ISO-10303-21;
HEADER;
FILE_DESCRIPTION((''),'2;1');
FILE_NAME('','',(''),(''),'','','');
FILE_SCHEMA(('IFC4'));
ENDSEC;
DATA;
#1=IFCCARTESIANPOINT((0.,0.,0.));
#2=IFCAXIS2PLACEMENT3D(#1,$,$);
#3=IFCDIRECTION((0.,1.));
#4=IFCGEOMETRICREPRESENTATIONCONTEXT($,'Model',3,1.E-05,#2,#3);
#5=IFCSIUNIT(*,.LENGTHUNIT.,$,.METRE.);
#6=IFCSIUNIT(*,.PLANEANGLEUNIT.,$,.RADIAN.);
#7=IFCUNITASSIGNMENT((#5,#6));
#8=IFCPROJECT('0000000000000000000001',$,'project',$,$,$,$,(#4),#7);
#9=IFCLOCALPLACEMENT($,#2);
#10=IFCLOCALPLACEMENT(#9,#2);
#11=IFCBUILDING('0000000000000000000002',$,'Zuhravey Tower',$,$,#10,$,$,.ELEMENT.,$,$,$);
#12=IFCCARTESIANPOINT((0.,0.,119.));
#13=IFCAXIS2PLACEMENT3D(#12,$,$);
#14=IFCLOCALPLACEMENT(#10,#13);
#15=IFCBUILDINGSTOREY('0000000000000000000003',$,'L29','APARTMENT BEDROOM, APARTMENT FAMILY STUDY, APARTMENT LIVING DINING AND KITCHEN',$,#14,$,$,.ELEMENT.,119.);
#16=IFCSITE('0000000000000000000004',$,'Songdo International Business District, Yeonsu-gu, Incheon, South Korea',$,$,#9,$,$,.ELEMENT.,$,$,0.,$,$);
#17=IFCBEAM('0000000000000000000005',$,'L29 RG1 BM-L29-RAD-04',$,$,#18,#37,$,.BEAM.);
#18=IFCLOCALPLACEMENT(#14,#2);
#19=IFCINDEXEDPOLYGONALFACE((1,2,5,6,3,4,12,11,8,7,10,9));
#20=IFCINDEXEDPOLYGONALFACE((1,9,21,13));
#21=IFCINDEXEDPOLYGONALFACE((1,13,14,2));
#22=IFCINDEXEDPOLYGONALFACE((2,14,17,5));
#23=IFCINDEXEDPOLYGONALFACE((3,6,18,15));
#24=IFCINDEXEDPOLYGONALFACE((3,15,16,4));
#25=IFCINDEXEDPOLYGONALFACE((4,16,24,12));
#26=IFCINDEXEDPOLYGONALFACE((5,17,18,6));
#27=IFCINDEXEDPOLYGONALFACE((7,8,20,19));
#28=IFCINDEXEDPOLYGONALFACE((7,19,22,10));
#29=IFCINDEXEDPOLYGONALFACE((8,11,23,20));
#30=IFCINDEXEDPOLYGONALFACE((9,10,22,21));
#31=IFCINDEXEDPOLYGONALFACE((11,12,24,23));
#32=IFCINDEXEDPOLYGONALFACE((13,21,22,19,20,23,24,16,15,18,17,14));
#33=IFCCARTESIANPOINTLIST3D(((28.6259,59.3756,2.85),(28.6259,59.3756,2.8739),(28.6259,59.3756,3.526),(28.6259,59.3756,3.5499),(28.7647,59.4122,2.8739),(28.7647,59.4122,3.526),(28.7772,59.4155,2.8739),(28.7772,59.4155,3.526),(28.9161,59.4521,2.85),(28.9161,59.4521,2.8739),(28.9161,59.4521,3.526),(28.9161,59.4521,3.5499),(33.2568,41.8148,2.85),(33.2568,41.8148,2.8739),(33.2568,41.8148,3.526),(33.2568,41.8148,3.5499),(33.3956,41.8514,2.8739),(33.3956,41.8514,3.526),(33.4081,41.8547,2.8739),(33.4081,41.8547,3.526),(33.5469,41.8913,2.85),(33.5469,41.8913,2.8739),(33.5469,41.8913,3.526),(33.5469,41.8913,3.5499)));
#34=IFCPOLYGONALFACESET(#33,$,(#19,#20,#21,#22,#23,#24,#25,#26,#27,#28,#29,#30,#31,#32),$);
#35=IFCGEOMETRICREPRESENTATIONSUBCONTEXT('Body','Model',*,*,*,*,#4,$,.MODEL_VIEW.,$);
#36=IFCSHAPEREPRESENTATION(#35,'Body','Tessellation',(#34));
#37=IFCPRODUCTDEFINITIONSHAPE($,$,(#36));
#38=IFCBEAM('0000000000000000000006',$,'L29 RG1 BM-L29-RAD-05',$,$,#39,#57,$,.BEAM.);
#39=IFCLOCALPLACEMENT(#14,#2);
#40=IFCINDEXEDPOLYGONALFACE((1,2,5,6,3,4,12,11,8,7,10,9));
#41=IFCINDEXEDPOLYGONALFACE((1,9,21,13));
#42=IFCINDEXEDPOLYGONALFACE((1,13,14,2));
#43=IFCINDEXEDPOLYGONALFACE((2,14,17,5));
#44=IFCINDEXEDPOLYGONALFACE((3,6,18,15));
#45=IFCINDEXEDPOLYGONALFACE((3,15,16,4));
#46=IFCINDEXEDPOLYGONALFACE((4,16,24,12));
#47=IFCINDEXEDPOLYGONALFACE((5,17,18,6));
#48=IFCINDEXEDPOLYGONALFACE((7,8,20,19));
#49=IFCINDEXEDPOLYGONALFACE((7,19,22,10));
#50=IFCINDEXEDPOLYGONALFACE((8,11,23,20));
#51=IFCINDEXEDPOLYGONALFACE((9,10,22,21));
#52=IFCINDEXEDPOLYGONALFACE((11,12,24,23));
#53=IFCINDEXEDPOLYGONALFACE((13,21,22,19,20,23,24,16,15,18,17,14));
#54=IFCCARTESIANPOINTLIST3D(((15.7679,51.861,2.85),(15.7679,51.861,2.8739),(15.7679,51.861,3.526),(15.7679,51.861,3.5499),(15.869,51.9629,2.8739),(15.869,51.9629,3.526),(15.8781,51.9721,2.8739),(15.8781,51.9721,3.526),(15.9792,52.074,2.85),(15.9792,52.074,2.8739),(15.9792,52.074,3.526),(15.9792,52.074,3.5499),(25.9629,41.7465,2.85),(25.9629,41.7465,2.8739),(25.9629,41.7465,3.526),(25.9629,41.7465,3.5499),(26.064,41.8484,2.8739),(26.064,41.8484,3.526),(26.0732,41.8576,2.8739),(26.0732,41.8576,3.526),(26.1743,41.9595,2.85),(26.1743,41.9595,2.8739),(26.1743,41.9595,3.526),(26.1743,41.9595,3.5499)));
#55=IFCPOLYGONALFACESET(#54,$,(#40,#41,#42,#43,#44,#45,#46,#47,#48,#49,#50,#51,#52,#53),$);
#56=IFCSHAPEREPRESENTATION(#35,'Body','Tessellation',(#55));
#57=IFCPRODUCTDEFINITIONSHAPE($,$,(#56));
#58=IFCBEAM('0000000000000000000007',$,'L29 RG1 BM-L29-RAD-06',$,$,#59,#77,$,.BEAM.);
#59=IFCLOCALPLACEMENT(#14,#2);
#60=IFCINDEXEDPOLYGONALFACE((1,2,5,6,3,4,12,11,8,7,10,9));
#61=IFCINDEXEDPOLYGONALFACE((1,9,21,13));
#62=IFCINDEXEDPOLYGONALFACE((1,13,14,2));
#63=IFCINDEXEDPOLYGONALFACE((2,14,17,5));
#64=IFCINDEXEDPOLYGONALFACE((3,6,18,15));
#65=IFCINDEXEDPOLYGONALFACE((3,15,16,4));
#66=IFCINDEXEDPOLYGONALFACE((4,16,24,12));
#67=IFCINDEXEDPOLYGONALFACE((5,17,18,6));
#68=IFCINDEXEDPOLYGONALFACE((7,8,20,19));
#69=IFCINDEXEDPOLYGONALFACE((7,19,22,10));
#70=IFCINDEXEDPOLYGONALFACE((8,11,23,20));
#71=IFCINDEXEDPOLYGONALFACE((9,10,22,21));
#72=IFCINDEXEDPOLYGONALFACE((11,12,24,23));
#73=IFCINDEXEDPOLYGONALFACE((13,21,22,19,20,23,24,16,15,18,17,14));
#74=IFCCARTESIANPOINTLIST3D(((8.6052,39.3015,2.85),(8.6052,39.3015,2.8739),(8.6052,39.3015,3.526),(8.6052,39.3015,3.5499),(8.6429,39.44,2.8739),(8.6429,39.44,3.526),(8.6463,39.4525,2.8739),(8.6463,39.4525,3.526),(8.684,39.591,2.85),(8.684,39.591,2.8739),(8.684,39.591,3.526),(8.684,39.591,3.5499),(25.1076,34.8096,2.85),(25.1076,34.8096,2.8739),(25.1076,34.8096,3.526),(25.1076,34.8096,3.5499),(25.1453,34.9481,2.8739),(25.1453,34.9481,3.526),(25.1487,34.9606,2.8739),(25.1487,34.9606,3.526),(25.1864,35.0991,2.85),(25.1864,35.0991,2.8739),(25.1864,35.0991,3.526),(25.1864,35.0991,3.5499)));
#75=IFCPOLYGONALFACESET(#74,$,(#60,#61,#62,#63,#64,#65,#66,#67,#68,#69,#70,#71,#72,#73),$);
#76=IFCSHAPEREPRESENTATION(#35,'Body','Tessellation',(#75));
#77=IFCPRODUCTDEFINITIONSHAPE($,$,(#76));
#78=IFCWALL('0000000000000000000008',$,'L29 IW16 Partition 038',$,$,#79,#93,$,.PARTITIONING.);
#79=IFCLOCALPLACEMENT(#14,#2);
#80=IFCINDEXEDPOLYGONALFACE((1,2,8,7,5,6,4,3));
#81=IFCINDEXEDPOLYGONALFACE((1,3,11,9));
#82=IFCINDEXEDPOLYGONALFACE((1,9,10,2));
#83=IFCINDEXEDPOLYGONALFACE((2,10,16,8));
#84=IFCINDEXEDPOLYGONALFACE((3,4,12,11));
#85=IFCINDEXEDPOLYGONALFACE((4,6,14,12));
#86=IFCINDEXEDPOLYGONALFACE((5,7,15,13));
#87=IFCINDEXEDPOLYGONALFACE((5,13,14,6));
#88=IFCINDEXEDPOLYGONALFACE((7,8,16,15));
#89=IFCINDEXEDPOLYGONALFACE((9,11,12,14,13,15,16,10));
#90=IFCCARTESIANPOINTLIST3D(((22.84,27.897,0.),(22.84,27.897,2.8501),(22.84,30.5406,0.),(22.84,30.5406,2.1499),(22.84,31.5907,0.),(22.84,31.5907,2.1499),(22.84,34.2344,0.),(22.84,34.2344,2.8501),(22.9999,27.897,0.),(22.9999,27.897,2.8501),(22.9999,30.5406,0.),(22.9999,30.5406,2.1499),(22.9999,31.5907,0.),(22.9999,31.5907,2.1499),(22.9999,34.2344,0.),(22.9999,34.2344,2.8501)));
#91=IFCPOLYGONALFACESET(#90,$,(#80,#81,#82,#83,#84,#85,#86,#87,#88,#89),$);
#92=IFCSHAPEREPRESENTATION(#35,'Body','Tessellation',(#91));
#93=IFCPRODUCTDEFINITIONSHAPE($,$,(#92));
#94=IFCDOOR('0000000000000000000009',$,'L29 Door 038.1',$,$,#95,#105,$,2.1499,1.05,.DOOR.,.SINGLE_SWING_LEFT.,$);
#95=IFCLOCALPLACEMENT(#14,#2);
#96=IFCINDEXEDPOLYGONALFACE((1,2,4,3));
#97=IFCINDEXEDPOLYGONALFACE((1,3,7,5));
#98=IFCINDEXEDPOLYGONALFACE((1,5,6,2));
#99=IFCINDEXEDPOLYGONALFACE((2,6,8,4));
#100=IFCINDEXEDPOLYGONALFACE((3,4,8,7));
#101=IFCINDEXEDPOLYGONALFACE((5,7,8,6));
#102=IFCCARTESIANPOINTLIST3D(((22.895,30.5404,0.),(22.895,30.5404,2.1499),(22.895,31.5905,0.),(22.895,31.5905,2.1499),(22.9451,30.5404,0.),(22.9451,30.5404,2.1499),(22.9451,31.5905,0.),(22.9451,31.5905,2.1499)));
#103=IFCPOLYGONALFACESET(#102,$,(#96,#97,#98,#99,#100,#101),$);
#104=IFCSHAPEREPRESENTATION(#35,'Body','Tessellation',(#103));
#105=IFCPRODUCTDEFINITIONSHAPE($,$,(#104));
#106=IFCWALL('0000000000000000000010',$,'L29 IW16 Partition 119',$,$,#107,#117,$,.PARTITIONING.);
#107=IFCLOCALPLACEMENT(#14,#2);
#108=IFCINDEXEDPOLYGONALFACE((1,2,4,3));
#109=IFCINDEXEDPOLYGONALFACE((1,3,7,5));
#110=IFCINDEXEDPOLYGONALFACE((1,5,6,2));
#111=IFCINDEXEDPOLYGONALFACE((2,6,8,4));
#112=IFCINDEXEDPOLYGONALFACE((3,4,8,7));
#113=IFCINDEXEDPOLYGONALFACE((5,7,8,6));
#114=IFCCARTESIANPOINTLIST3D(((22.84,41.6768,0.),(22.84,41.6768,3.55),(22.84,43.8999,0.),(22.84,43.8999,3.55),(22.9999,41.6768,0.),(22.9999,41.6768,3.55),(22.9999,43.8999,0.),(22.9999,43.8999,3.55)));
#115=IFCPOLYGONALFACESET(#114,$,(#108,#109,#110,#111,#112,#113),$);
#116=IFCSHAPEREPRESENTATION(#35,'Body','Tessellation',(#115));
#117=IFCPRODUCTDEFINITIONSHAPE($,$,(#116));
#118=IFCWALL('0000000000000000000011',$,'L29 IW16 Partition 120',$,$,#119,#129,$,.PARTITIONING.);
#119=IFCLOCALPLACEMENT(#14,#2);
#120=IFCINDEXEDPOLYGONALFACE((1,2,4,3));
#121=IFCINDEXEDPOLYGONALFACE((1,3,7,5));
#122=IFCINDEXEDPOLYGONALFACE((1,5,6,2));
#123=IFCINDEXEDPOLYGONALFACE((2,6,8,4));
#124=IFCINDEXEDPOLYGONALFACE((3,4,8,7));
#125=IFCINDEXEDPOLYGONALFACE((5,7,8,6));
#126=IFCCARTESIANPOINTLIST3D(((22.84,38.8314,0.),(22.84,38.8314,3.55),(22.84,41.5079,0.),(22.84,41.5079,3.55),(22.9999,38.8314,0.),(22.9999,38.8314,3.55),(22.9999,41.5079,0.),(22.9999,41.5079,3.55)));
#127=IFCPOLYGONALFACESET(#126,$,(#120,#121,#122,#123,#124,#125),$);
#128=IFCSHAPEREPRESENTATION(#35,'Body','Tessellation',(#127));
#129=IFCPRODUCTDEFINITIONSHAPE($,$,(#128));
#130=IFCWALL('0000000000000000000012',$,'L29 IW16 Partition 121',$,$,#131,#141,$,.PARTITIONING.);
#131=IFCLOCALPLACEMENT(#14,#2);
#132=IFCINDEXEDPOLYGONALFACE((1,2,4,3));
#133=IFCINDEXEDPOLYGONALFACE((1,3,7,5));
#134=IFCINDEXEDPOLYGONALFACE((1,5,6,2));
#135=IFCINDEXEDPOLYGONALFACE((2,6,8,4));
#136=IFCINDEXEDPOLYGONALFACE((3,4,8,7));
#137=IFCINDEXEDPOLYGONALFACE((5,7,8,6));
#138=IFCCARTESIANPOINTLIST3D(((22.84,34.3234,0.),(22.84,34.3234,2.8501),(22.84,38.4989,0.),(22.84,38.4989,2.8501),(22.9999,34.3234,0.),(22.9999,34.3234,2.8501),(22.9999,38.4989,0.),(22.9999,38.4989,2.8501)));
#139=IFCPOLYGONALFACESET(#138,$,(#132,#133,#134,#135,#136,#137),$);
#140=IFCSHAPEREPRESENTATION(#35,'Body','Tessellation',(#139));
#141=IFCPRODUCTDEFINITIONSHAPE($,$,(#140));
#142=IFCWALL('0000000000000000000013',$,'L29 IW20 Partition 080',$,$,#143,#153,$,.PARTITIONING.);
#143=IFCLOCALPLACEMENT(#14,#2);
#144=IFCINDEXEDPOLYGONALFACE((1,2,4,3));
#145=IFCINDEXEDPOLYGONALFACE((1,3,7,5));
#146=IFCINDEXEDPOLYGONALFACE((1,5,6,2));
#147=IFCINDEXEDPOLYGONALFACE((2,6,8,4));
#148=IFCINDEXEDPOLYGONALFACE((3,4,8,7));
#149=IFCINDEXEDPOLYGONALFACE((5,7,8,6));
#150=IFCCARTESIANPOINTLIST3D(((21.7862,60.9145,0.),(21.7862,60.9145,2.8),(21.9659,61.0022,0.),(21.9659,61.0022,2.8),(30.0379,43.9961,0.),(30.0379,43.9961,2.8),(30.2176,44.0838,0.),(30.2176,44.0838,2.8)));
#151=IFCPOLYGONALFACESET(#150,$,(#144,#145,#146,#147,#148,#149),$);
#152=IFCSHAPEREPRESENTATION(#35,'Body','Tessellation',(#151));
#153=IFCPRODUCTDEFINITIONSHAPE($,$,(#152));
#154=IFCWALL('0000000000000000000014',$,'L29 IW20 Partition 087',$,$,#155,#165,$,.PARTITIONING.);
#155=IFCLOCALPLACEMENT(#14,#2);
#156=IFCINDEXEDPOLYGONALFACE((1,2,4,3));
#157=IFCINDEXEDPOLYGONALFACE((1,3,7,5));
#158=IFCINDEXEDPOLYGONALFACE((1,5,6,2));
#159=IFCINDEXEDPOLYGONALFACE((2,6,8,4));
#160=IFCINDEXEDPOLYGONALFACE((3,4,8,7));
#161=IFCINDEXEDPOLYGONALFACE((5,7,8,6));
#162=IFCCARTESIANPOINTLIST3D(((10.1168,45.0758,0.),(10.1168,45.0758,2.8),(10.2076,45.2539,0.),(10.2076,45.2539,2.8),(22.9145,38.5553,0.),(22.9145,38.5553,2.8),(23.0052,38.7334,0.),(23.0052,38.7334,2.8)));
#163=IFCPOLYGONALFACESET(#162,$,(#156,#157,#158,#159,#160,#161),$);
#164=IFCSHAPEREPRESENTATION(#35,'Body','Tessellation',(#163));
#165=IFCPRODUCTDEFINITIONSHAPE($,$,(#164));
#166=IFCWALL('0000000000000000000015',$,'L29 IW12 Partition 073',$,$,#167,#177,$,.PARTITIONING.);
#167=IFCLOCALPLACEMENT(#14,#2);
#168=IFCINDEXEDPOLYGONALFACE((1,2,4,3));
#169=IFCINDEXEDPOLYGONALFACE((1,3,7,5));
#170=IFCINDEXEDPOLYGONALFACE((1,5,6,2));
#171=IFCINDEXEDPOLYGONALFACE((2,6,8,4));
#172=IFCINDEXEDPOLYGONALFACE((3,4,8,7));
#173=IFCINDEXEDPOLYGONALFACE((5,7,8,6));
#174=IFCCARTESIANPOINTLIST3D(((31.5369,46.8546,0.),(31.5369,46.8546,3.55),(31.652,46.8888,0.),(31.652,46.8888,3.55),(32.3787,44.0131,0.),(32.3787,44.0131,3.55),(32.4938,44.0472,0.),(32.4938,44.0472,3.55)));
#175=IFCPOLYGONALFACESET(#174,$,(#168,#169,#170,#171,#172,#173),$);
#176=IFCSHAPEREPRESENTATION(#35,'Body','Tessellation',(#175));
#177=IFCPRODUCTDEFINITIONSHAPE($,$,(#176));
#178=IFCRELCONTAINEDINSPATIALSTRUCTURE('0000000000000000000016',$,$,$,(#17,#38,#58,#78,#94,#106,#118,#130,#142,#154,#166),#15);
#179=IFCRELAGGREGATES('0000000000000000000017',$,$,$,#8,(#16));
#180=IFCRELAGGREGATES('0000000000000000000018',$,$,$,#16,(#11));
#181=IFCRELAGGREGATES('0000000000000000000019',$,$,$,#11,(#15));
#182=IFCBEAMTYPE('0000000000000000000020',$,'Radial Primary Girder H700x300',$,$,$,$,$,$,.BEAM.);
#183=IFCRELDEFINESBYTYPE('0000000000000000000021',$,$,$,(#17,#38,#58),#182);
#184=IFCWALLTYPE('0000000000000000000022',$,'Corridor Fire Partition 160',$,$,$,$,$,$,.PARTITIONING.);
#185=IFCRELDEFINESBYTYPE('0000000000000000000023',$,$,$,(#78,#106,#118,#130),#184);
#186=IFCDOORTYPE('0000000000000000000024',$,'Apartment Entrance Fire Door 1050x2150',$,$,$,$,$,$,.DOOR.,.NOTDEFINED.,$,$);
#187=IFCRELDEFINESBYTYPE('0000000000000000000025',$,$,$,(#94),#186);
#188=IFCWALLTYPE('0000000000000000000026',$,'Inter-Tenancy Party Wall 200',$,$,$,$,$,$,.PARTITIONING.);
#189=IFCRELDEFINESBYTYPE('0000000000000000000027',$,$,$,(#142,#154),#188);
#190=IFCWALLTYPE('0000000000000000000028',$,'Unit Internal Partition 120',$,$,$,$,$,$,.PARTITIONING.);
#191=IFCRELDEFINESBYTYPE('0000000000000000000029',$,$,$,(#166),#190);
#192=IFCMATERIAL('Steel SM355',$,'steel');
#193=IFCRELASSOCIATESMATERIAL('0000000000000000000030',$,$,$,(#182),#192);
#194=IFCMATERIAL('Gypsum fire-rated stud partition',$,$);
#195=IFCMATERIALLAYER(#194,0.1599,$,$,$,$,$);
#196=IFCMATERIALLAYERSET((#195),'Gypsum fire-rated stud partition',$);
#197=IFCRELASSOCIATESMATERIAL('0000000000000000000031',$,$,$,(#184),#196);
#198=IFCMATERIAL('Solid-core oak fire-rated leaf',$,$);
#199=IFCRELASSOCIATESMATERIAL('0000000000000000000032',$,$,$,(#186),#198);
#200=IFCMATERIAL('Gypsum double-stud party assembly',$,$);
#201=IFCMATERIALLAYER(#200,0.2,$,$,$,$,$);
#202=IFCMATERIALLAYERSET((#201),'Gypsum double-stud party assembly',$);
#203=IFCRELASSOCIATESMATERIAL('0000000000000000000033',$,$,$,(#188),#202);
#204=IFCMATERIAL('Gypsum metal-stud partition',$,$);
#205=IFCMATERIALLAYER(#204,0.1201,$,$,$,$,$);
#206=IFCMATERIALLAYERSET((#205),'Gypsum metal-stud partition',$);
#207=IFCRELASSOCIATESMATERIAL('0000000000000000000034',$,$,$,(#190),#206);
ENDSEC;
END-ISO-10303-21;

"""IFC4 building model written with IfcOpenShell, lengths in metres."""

from ifc_helpers import new_model, si_unit, direction, frame, frame_2d, origin, origin_2d, place, context, subcontext, project, spatial, rectangle, i_section, extrude, material, layer, layer_set, material_profile, profile_set, type_object, element, fill, save


model = new_model("IFC4")

# Units and contexts
model_context = context("Model", 3, precision=1e-05, world=origin(), true_north=direction((0.0, 1.0)))
body_context = subcontext(model_context, "Body", "Model", "MODEL_VIEW")
ifc_project = project(units=[si_unit("LENGTHUNIT", "METRE"), si_unit("PLANEANGLEUNIT", "RADIAN")], contexts=[model_context])

# Site, building, storey
site_placement = place(None, origin())
site = spatial("IfcSite", under=ifc_project, at=site_placement, Name="Songdo International Business District, Yeonsu-gu, Incheon, South Korea", CompositionType="ELEMENT", RefElevation=0.0)
building_placement = place(site_placement, origin())
building = spatial("IfcBuilding", under=site, at=building_placement, Name="Zuhravey Tower", CompositionType="ELEMENT")
storey_placement = place(building_placement, frame((0.0, 0.0, 119.0)))
storey = spatial("IfcBuildingStorey", under=building, at=storey_placement, Name="L29", Description="APARTMENT BEDROOM, APARTMENT FAMILY STUDY, APARTMENT LIVING DINING AND KITCHEN", CompositionType="ELEMENT", Elevation=119.0)

# Beams
ifc_material_1 = material(Name="Steel SM355", Category="steel")
ifc_material_profile = material_profile(ifc_material_1, i_section(OverallWidth=0.3, OverallDepth=0.7, WebThickness=0.0129, FlangeThickness=0.0239, at=origin_2d()), Name="H-700x300x13x24")
ifc_profile_set = profile_set([ifc_material_profile], Name="Steel SM355")
beam_type = type_object("IfcBeamType", Name="Radial Primary Girder H700x300", PredefinedType="BEAM", material=ifc_profile_set)
beam_1_placement = place(storey_placement, frame((33.4019, 41.853, 3.2), z_axis=(-0.254988, 0.966944, 0.0), x_axis=(-0.966944, -0.254988, 0.0)))
element("IfcBeam", 1, at=beam_1_placement, inside=storey, type_object=beam_type, Name="L29 RG1 BM-L29-RAD-04", PredefinedType="BEAM", context=body_context, shape_type="SweptSolid", body=[
    extrude(i_section(OverallWidth=0.3, OverallDepth=0.7, WebThickness=0.0129, FlangeThickness=0.0239, at=origin_2d()), origin(), (0.0, 0.0, 1.0), 18.1611),
])
beam_2_placement = place(storey_placement, frame((26.0686, 41.853, 3.2), z_axis=(-0.709906, 0.704296, 0.0), x_axis=(-0.704296, -0.709906, 0.0)))
element("IfcBeam", 2, at=beam_2_placement, inside=storey, type_object=beam_type, Name="L29 RG1 BM-L29-RAD-05", PredefinedType="BEAM", context=body_context, shape_type="SweptSolid", body=[
    extrude(i_section(OverallWidth=0.3, OverallDepth=0.7, WebThickness=0.0129, FlangeThickness=0.0239, at=origin_2d()), origin(), (0.0, 0.0, 1.0), 14.3611),
])
beam_3_placement = place(storey_placement, frame((25.147, 34.9543, 3.2), z_axis=(-0.964893, 0.262643, 0.0), x_axis=(-0.262643, -0.964893, 0.0)))
element("IfcBeam", 3, at=beam_3_placement, inside=storey, type_object=beam_type, Name="L29 RG1 BM-L29-RAD-06", PredefinedType="BEAM", context=body_context, shape_type="SweptSolid", body=[
    extrude(i_section(OverallWidth=0.3, OverallDepth=0.7, WebThickness=0.0129, FlangeThickness=0.0239, at=origin_2d()), origin(), (0.0, 0.0, 1.0), 17.1028),
])

# Wall, opening, door
ifc_material_2 = material(Name="Gypsum fire-rated stud partition")
ifc_layer_1 = layer(ifc_material_2, 0.1599)
ifc_layer_set_1 = layer_set([ifc_layer_1], Name="Gypsum fire-rated stud partition")
wall_type_1 = type_object("IfcWallType", Name="Corridor Fire Partition 160", PredefinedType="PARTITIONING", material=ifc_layer_set_1)
wall_1_placement = place(storey_placement, frame((22.9199, 34.2344, 0.0), z_axis=(0.0, 0.0, 1.0), x_axis=(0.0, -1.0, 0.0)))
wall_1 = element("IfcWall", 4, at=wall_1_placement, inside=storey, type_object=wall_type_1, Name="L29 IW16 Partition 038", PredefinedType="PARTITIONING", context=body_context, shape_type="SweptSolid", body=[
    extrude(rectangle(XDim=6.3374, YDim=0.1599, at=frame_2d((3.1687, 0.0))), origin(), (0.0, 0.0, 1.0), 2.8501),
])
opening_placement = place(wall_1_placement, frame((2.6438, 0.0, 0.0)))
opening = element("IfcOpeningElement", 5, at=opening_placement, cuts=wall_1, PredefinedType="OPENING", context=body_context, shape_type="SweptSolid", body=[
    extrude(rectangle(XDim=1.05, YDim=2.1499, at=frame_2d((0.5249, 1.075))), frame((0.0, 0.092, 0.0), z_axis=(0.0, -1.0, 0.0), x_axis=(1.0, 0.0, 0.0)), (0.0, 0.0, 1.0), 0.1838),
])
ifc_material_3 = material(Name="Solid-core oak fire-rated leaf")
door_type = type_object("IfcDoorType", Name="Apartment Entrance Fire Door 1050x2150", OperationType="NOTDEFINED", PredefinedType="DOOR", material=ifc_material_3)
door_placement = place(opening_placement, frame((1.05, 0.0, 0.0), z_axis=(0.0, 0.0, 1.0), x_axis=(-1.0, 0.0, 0.0)))
door = element("IfcDoor", 6, at=door_placement, inside=storey, type_object=door_type, Name="L29 Door 038.1", OperationType="SINGLE_SWING_LEFT", OverallHeight=2.1499, OverallWidth=1.05, PredefinedType="DOOR", context=body_context, shape_type="SweptSolid", body=[
    extrude(rectangle(XDim=1.05, YDim=2.1499, at=frame_2d((0.5249, 1.075))), frame((0.0, 0.0249, 0.0), z_axis=(0.0, -1.0, 0.0), x_axis=(1.0, 0.0, 0.0)), (0.0, 0.0, 1.0), 0.05),
])
fill(opening, door)

# Walls
wall_2_placement = place(storey_placement, frame((22.9199, 43.8999, 0.0), z_axis=(0.0, 0.0, 1.0), x_axis=(0.0, -1.0, 0.0)))
element("IfcWall", 7, at=wall_2_placement, inside=storey, type_object=wall_type_1, Name="L29 IW16 Partition 119", PredefinedType="PARTITIONING", context=body_context, shape_type="SweptSolid", body=[
    extrude(rectangle(XDim=2.2231, YDim=0.1599, at=frame_2d((1.1116, 0.0))), origin(), (0.0, 0.0, 1.0), 3.55),
])
wall_3_placement = place(storey_placement, frame((22.9199, 41.5081, 0.0), z_axis=(0.0, 0.0, 1.0), x_axis=(0.0, -1.0, 0.0)))
element("IfcWall", 8, at=wall_3_placement, inside=storey, type_object=wall_type_1, Name="L29 IW16 Partition 120", PredefinedType="PARTITIONING", context=body_context, shape_type="SweptSolid", body=[
    extrude(rectangle(XDim=2.6765, YDim=0.1599, at=frame_2d((1.3384, 0.0))), origin(), (0.0, 0.0, 1.0), 3.55),
])
wall_4_placement = place(storey_placement, frame((22.9199, 38.499, 0.0), z_axis=(0.0, 0.0, 1.0), x_axis=(0.0, -1.0, 0.0)))
element("IfcWall", 9, at=wall_4_placement, inside=storey, type_object=wall_type_1, Name="L29 IW16 Partition 121", PredefinedType="PARTITIONING", context=body_context, shape_type="SweptSolid", body=[
    extrude(rectangle(XDim=4.1755, YDim=0.1599, at=frame_2d((2.0879, 0.0))), origin(), (0.0, 0.0, 1.0), 2.8501),
])
ifc_material_4 = material(Name="Gypsum double-stud party assembly")
ifc_layer_2 = layer(ifc_material_4, 0.2)
ifc_layer_set_2 = layer_set([ifc_layer_2], Name="Gypsum double-stud party assembly")
wall_type_2 = type_object("IfcWallType", Name="Inter-Tenancy Party Wall 200", PredefinedType="PARTITIONING", material=ifc_layer_set_2)
wall_5_placement = place(storey_placement, frame((30.1277, 44.04, 0.0), z_axis=(0.0, 0.0, 1.0), x_axis=(-0.438372, 0.898793, 0.0)))
element("IfcWall", 10, at=wall_5_placement, inside=storey, type_object=wall_type_2, Name="L29 IW20 Partition 080", PredefinedType="PARTITIONING", context=body_context, shape_type="SweptSolid", body=[
    extrude(rectangle(XDim=18.8235, YDim=0.2, at=frame_2d((9.4116, 0.0))), origin(), (0.0, 0.0, 1.0), 2.8),
])
wall_6_placement = place(storey_placement, frame((22.96, 38.6443, 0.0), z_axis=(0.0, 0.0, 1.0), x_axis=(-0.891012, 0.45398, 0.0)))
element("IfcWall", 11, at=wall_6_placement, inside=storey, type_object=wall_type_2, Name="L29 IW20 Partition 087", PredefinedType="PARTITIONING", context=body_context, shape_type="SweptSolid", body=[
    extrude(rectangle(XDim=14.363, YDim=0.2, at=frame_2d((7.1816, 0.0))), origin(), (0.0, 0.0, 1.0), 2.8),
])
ifc_material_5 = material(Name="Gypsum metal-stud partition")
ifc_layer_3 = layer(ifc_material_5, 0.1201)
ifc_layer_set_3 = layer_set([ifc_layer_3], Name="Gypsum metal-stud partition")
wall_type_3 = type_object("IfcWallType", Name="Unit Internal Partition 120", PredefinedType="PARTITIONING", material=ifc_layer_set_3)
wall_7_placement = place(storey_placement, frame((32.4363, 44.03, 0.0), z_axis=(0.0, 0.0, 1.0), x_axis=(-0.284043, 0.958811, 0.0)))
element("IfcWall", 12, at=wall_7_placement, inside=storey, type_object=wall_type_3, Name="L29 IW12 Partition 073", PredefinedType="PARTITIONING", context=body_context, shape_type="SweptSolid", body=[
    extrude(rectangle(XDim=2.9636, YDim=0.1201, at=frame_2d((1.4819, 0.0))), origin(), (0.0, 0.0, 1.0), 3.55),
])

save(model, "model.ifc")
